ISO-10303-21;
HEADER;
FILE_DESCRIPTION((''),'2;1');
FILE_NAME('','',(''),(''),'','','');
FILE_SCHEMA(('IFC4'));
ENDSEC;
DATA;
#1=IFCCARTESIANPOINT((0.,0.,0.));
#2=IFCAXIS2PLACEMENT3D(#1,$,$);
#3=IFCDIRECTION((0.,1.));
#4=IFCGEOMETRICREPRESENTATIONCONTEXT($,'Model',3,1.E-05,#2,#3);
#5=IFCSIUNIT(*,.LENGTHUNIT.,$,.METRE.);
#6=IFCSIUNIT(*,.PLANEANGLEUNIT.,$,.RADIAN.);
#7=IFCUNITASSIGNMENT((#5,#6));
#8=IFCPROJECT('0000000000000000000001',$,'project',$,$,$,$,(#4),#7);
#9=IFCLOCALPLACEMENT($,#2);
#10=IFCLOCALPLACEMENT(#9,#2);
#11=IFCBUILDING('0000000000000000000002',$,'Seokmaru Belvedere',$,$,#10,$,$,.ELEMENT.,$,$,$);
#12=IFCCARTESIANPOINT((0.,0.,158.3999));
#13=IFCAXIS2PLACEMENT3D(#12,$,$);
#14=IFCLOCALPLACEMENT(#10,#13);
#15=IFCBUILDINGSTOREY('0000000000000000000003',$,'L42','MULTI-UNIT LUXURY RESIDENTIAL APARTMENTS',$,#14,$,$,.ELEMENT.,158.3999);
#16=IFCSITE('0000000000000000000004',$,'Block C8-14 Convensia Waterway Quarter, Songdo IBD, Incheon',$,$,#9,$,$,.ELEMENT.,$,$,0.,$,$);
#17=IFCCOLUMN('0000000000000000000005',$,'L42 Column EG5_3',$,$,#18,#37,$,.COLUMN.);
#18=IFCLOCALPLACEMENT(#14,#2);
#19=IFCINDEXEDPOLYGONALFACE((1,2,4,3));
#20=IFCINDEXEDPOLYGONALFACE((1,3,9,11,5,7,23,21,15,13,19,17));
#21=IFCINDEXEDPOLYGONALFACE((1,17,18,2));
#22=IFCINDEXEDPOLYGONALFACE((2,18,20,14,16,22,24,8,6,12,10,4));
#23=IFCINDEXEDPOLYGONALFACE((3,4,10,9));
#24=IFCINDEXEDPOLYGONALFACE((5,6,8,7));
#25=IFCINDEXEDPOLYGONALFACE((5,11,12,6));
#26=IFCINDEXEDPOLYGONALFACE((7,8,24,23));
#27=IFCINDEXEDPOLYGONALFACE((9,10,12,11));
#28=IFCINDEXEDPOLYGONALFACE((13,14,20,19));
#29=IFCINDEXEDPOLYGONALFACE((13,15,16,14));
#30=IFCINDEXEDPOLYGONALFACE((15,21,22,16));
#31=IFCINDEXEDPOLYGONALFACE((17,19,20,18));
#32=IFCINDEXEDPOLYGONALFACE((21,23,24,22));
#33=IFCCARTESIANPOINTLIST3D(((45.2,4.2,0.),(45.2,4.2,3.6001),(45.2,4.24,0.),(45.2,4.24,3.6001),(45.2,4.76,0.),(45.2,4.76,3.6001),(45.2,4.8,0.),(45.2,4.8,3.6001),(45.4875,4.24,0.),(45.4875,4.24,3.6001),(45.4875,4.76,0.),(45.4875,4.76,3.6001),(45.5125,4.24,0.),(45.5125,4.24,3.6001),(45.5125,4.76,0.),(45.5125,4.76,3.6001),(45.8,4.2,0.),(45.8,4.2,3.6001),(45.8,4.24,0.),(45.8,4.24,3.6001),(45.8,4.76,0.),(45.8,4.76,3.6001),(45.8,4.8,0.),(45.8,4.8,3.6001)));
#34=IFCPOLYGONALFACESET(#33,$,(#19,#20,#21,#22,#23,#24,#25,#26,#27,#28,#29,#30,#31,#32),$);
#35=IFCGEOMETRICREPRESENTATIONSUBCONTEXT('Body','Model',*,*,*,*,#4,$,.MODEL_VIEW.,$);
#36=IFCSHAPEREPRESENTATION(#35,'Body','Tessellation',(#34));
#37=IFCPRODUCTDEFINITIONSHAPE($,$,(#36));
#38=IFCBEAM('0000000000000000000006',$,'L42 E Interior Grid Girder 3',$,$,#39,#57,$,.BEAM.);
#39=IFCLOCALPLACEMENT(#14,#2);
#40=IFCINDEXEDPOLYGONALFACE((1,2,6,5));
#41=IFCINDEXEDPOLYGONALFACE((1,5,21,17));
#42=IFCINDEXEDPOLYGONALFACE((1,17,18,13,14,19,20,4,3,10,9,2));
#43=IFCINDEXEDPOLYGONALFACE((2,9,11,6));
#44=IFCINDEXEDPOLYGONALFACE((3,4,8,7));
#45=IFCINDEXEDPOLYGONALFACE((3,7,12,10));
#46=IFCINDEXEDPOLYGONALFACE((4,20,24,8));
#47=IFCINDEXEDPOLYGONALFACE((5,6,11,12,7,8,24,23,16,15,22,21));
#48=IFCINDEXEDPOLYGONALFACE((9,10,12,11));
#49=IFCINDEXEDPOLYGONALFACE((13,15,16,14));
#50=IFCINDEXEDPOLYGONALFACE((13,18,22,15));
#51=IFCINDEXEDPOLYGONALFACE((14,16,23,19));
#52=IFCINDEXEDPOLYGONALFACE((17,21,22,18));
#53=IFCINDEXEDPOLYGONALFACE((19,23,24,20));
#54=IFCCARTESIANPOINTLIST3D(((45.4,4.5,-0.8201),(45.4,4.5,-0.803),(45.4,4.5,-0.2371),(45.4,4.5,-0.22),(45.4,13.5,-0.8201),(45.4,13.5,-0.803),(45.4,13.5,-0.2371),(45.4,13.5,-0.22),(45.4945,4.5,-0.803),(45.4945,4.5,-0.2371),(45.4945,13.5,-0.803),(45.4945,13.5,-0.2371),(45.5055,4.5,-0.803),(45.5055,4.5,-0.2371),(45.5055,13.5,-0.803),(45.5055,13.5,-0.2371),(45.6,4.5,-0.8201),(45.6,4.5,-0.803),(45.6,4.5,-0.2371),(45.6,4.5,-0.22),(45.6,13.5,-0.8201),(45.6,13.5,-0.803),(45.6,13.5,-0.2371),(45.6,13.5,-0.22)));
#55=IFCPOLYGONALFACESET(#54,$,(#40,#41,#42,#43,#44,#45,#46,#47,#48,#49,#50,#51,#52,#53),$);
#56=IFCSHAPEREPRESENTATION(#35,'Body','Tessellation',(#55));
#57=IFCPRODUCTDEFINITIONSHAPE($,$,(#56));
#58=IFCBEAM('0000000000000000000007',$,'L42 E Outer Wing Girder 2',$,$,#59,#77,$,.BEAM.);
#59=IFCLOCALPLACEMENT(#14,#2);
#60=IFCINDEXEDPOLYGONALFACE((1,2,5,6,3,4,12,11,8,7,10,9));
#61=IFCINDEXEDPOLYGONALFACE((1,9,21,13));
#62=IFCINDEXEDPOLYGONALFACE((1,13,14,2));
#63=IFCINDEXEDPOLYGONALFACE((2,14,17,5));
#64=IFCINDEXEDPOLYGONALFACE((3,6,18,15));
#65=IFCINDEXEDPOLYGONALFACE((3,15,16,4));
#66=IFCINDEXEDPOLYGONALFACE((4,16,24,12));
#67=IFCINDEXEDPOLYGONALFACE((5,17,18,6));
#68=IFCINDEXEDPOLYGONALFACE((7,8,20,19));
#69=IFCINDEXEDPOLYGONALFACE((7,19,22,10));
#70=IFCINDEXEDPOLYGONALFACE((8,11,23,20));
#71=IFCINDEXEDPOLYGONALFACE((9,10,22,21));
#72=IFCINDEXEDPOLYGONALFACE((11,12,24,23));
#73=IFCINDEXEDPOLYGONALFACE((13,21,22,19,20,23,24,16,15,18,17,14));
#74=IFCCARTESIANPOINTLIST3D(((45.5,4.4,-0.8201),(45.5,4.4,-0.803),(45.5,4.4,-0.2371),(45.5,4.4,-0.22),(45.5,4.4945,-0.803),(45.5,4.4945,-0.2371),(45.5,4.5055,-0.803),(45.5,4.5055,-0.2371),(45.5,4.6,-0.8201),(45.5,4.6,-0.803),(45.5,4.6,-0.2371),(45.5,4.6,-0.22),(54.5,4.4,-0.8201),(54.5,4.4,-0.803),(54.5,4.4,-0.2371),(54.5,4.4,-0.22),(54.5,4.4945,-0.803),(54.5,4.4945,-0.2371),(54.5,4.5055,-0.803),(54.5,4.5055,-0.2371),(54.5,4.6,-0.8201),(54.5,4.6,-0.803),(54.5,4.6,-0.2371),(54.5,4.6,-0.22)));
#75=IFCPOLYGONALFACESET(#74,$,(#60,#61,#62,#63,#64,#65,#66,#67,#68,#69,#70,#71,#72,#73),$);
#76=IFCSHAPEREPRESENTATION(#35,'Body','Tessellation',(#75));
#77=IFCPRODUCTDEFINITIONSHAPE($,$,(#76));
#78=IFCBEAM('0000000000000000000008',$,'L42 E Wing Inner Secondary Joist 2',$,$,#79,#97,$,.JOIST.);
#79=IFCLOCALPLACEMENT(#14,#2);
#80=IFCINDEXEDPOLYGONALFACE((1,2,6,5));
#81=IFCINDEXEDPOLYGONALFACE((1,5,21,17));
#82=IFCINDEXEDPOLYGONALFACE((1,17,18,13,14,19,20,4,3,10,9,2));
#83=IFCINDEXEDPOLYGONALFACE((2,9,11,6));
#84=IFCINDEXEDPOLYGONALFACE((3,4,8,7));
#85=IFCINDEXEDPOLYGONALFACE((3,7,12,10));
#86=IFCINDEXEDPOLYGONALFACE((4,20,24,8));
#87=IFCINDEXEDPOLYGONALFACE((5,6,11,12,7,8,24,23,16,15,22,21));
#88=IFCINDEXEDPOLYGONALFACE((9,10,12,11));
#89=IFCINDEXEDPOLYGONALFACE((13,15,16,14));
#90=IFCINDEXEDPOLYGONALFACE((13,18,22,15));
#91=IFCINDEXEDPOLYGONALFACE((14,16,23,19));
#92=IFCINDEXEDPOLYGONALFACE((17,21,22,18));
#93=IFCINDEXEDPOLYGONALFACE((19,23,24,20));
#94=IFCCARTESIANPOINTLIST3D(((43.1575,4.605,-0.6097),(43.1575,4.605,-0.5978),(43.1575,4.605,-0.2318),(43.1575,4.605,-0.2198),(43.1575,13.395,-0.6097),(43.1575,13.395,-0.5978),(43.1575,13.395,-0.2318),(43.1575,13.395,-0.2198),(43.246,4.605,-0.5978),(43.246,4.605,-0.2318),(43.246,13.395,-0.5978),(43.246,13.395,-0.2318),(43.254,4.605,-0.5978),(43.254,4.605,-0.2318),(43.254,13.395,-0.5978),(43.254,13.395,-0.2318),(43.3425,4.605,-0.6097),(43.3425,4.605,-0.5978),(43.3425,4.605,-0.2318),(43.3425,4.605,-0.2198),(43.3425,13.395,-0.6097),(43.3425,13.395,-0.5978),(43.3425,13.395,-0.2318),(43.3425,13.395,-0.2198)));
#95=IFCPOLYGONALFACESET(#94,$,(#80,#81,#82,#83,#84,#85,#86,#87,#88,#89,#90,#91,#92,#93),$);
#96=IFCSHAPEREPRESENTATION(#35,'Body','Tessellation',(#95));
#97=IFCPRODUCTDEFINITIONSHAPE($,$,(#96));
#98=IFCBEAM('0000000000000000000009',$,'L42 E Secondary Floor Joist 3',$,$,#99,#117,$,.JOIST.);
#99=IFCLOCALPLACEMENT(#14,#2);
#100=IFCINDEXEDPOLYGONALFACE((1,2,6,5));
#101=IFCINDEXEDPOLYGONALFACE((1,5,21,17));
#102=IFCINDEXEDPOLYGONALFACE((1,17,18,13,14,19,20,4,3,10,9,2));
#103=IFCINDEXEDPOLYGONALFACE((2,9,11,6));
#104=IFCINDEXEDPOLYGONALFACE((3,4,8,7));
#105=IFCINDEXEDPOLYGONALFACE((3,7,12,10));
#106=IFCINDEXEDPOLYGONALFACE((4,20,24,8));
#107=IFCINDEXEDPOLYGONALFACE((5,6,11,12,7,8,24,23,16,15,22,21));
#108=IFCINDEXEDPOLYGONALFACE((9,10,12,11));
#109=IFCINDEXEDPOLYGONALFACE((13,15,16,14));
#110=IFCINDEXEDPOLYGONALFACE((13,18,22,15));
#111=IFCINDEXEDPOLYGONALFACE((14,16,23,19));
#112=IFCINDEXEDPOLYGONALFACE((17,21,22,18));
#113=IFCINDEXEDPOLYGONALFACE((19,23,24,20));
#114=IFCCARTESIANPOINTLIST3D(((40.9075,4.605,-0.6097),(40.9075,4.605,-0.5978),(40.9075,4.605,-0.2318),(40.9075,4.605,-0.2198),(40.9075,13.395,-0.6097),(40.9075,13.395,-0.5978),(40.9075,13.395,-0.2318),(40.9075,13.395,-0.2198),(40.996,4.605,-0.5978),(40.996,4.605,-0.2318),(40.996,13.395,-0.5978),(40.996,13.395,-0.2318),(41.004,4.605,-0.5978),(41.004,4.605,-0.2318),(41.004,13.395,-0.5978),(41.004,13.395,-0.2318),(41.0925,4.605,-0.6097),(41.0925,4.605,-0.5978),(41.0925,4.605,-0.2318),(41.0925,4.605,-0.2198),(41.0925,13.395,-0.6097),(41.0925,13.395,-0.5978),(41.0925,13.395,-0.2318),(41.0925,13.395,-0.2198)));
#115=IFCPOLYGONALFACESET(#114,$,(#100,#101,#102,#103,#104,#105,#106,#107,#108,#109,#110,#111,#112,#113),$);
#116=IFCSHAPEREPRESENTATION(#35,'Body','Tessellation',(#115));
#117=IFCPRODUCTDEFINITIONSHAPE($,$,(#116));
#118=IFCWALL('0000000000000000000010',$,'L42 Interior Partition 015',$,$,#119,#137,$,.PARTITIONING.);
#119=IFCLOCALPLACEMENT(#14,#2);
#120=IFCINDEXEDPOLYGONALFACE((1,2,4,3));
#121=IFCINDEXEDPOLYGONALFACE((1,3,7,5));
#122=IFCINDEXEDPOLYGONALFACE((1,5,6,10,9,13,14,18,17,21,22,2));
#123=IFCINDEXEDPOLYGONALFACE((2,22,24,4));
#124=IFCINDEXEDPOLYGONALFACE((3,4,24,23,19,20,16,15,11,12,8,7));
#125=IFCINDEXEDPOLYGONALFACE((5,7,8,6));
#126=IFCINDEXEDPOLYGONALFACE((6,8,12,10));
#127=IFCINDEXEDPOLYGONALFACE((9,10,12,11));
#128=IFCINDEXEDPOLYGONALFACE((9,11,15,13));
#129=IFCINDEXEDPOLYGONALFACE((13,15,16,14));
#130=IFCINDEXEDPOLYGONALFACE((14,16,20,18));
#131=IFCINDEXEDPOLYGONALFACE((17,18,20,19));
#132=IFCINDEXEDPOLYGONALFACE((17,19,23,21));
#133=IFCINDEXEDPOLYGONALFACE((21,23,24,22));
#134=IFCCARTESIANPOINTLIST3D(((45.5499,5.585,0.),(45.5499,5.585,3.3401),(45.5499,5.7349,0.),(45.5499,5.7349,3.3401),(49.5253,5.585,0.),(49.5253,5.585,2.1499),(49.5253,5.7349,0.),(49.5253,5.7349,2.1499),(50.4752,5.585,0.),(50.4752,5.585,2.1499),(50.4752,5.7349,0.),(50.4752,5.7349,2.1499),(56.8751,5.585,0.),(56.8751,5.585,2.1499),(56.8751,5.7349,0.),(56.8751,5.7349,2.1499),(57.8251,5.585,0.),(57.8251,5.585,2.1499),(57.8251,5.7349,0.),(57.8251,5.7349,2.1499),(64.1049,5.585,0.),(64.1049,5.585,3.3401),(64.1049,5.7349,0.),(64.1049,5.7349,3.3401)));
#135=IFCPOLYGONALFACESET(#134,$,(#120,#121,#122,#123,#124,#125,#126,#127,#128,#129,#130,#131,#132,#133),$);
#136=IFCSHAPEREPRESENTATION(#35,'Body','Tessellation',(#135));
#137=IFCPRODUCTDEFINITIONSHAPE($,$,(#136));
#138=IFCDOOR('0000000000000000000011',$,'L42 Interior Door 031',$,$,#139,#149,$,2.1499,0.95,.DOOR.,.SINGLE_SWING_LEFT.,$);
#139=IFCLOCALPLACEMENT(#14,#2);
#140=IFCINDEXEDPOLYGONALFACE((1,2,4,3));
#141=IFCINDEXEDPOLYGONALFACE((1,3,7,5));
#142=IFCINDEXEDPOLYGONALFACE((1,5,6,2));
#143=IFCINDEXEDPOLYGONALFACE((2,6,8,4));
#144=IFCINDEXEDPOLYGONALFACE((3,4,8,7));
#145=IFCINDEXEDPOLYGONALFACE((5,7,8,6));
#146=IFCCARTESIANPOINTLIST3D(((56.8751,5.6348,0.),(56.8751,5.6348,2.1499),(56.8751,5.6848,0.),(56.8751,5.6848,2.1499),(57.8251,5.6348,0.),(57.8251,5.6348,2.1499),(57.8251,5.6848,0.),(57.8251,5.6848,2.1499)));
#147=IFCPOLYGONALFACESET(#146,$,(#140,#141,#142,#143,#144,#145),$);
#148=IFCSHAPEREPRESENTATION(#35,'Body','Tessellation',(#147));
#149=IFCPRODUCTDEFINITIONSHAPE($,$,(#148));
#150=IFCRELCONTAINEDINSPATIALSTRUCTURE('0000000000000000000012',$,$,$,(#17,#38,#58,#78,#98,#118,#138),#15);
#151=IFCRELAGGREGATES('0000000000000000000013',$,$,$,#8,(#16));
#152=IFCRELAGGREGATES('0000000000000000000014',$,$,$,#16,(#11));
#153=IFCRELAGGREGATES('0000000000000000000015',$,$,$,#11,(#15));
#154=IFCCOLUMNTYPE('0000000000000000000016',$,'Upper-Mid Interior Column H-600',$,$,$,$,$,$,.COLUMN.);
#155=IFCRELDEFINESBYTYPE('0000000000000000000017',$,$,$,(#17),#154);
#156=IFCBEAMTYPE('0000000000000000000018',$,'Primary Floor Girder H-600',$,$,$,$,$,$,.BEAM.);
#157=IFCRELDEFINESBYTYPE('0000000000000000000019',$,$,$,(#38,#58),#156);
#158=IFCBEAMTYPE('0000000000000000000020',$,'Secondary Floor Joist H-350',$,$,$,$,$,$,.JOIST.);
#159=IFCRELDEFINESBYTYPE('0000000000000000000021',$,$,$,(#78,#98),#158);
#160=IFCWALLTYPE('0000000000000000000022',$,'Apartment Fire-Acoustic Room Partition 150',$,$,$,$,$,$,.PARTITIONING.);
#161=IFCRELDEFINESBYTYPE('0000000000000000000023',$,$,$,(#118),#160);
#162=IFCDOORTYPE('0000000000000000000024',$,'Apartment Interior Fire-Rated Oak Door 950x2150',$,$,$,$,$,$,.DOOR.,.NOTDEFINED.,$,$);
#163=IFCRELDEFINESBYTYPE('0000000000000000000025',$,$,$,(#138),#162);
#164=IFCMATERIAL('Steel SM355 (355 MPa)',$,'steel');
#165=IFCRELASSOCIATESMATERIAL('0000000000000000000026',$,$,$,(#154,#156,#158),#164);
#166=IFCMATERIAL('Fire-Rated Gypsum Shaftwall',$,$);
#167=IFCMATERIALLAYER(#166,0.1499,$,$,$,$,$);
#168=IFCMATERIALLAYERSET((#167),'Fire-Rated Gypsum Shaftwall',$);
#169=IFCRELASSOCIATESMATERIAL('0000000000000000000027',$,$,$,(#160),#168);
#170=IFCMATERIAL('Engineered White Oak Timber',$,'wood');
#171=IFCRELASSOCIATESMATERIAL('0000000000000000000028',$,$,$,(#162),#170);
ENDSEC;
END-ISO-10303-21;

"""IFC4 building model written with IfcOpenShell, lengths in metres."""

from ifc_helpers import new_model, si_unit, direction, frame, frame_2d, origin, origin_2d, place, context, subcontext, project, spatial, rectangle, i_section, extrude, source, transform, mapped, material, layer, layer_set, material_profile, profile_set, type_object, type_shapes, element, fill, save


model = new_model("IFC4")

# Units and contexts
model_context = context("Model", 3, precision=1e-05, world=origin(), true_north=direction((0.0, 1.0)))
body_context = subcontext(model_context, "Body", "Model", "MODEL_VIEW")
ifc_project = project(units=[si_unit("LENGTHUNIT", "METRE"), si_unit("PLANEANGLEUNIT", "RADIAN")], contexts=[model_context])

# Site, building, storey
site_placement = place(None, origin())
site = spatial("IfcSite", under=ifc_project, at=site_placement, Name="Block C8-14 Convensia Waterway Quarter, Songdo IBD, Incheon", CompositionType="ELEMENT", RefElevation=0.0)
building_placement = place(site_placement, origin())
building = spatial("IfcBuilding", under=site, at=building_placement, Name="Seokmaru Belvedere", CompositionType="ELEMENT")
storey_placement = place(building_placement, frame((0.0, 0.0, 158.3999)))
storey = spatial("IfcBuildingStorey", under=building, at=storey_placement, Name="L42", Description="MULTI-UNIT LUXURY RESIDENTIAL APARTMENTS", CompositionType="ELEMENT", Elevation=158.3999)

# Column
ifc_material_1 = material(Name="Steel SM355 (355 MPa)", Category="steel")
ifc_material_profile_1 = material_profile(ifc_material_1, i_section(OverallWidth=0.6001, OverallDepth=0.6001, WebThickness=0.0249, FlangeThickness=0.04, at=origin_2d()), Name="H-600x600x25x40")
ifc_profile_set_1 = profile_set([ifc_material_profile_1], Name="Steel SM355 (355 MPa)")
column_type = type_object("IfcColumnType", Name="Upper-Mid Interior Column H-600", PredefinedType="COLUMN", material=ifc_profile_set_1)
shared_shape_1 = source(origin(), body_context, "Body", "SweptSolid", [
    extrude(i_section(OverallWidth=0.6001, OverallDepth=0.6001, WebThickness=0.0249, FlangeThickness=0.04, at=origin_2d()), origin(), (0.0, 0.0, 1.0), 3.6001),
])
type_shapes(column_type, [shared_shape_1])
column_placement = place(storey_placement, frame((45.5, 4.5, 0.0), z_axis=(0.0, 0.0, 1.0), x_axis=(1.0, 0.0, 0.0)))
element("IfcColumn", 1, at=column_placement, inside=storey, type_object=column_type, Name="L42 Column EG5_3", PredefinedType="COLUMN", context=body_context, shape_type="MappedRepresentation", body=[
    mapped(shared_shape_1, transform((0.0, 0.0, 0.0), scale=1.0)),
])

# Beams
ifc_material_profile_2 = material_profile(ifc_material_1, i_section(OverallWidth=0.2, OverallDepth=0.6001, WebThickness=0.011, FlangeThickness=0.0171, at=origin_2d()), Name="H-600x200x11x17")
ifc_profile_set_2 = profile_set([ifc_material_profile_2], Name="Steel SM355 (355 MPa)")
beam_type_1 = type_object("IfcBeamType", Name="Primary Floor Girder H-600", PredefinedType="BEAM", material=ifc_profile_set_2)
shared_shape_2 = source(origin(), body_context, "Body", "SweptSolid", [
    extrude(i_section(OverallWidth=0.2, OverallDepth=0.6001, WebThickness=0.011, FlangeThickness=0.0171, at=origin_2d()), origin(), (0.0, 0.0, 1.0), 9.0),
])
type_shapes(beam_type_1, [shared_shape_2])
for number, where, z_axis, x_axis, name in (
    (2, (45.5, 4.5, -0.52), (0.0, 1.0, 0.0), (-1.0, 0.0, 0.0), "L42 E Interior Grid Girder 3"),
    (3, (45.5, 4.5, -0.52), (1.0, 0.0, 0.0), (0.0, 1.0, 0.0), "L42 E Outer Wing Girder 2"),
):
    element("IfcBeam", number, at=place(storey_placement, frame(where, z_axis=z_axis, x_axis=x_axis)), inside=storey, type_object=beam_type_1, Name=name, PredefinedType="BEAM", context=body_context, shape_type="MappedRepresentation", body=[
        mapped(shared_shape_2, transform((0.0, 0.0, 0.0), scale=1.0)),
    ])
ifc_material_profile_3 = material_profile(ifc_material_1, i_section(OverallWidth=0.1851, OverallDepth=0.3899, WebThickness=0.0081, FlangeThickness=0.012, at=origin_2d()), Name="H-390x185x8x12")
ifc_profile_set_3 = profile_set([ifc_material_profile_3], Name="Steel SM355 (355 MPa)")
beam_type_2 = type_object("IfcBeamType", Name="Secondary Floor Joist H-350", PredefinedType="JOIST", material=ifc_profile_set_3)
shared_shape_3 = source(origin(), body_context, "Body", "SweptSolid", [
    extrude(i_section(OverallWidth=0.1851, OverallDepth=0.3899, WebThickness=0.0081, FlangeThickness=0.012, at=origin_2d()), origin(), (0.0, 0.0, 1.0), 8.79),
])
type_shapes(beam_type_2, [shared_shape_3])
for number, where, z_axis, x_axis, name in (
    (4, (43.25, 4.605, -0.4148), (0.0, 1.0, 0.0), (-1.0, 0.0, 0.0), "L42 E Wing Inner Secondary Joist 2"),
    (5, (41.0, 4.605, -0.4148), (0.0, 1.0, 0.0), (-1.0, 0.0, 0.0), "L42 E Secondary Floor Joist 3"),
):
    element("IfcBeam", number, at=place(storey_placement, frame(where, z_axis=z_axis, x_axis=x_axis)), inside=storey, type_object=beam_type_2, Name=name, PredefinedType="JOIST", context=body_context, shape_type="MappedRepresentation", body=[
        mapped(shared_shape_3, transform((0.0, 0.0, 0.0), scale=1.0)),
    ])

# Wall, openings, door
ifc_material_2 = material(Name="Fire-Rated Gypsum Shaftwall")
ifc_layer_1 = layer(ifc_material_2, 0.1499)
ifc_layer_set_1 = layer_set([ifc_layer_1], Name="Fire-Rated Gypsum Shaftwall")
wall_type_1 = type_object("IfcWallType", Name="Apartment Fire-Acoustic Room Partition 150", PredefinedType="PARTITIONING", material=ifc_layer_set_1)
wall_1_placement = place(storey_placement, frame((45.55, 5.6599, 0.0), z_axis=(0.0, 0.0, 1.0), x_axis=(1.0, 0.0, 0.0)))
wall_1 = element("IfcWall", 6, at=wall_1_placement, inside=storey, type_object=wall_type_1, Name="L42 Interior Partition 015", PredefinedType="PARTITIONING", context=body_context, shape_type="SweptSolid", body=[
    extrude(rectangle(XDim=18.5549, YDim=0.1499, at=frame_2d((9.2773, 0.0))), origin(), (0.0, 0.0, 1.0), 3.3401),
])
opening_1_placement = place(wall_1_placement, frame((3.9751, 0.0, 0.0)))
element("IfcOpeningElement", 7, at=opening_1_placement, cuts=wall_1, PredefinedType="OPENING", context=body_context, shape_type="SweptSolid", body=[
    extrude(rectangle(XDim=0.95, YDim=2.1499, at=frame_2d((0.4751, 1.075))), frame((0.0, 0.085, 0.0), z_axis=(0.0, -1.0, 0.0), x_axis=(1.0, 0.0, 0.0)), (0.0, 0.0, 1.0), 0.1699),
])
opening_2_placement = place(wall_1_placement, frame((11.325, 0.0, 0.0)))
opening_2 = element("IfcOpeningElement", 8, at=opening_2_placement, cuts=wall_1, PredefinedType="OPENING", context=body_context, shape_type="SweptSolid", body=[
    extrude(rectangle(XDim=0.95, YDim=2.1499, at=frame_2d((0.4751, 1.075))), frame((0.0, 0.085, 0.0), z_axis=(0.0, -1.0, 0.0), x_axis=(1.0, 0.0, 0.0)), (0.0, 0.0, 1.0), 0.1699),
])
ifc_material_3 = material(Name="Engineered White Oak Timber", Category="wood")
door_type_1 = type_object("IfcDoorType", Name="Apartment Interior Fire-Rated Oak Door 950x2150", OperationType="NOTDEFINED", PredefinedType="DOOR", material=ifc_material_3)
shared_shape_4 = source(origin(), body_context, "Body", "SweptSolid", [
    extrude(rectangle(XDim=0.95, YDim=2.1499, at=frame_2d((0.4751, 1.075))), frame((0.0, 0.0249, 0.0), z_axis=(0.0, -1.0, 0.0), x_axis=(1.0, 0.0, 0.0)), (0.0, 0.0, 1.0), 0.05),
])
type_shapes(door_type_1, [shared_shape_4])
door_1_placement = place(opening_2_placement, origin())
door_1 = element("IfcDoor", 9, at=door_1_placement, inside=storey, type_object=door_type_1, Name="L42 Interior Door 031", OperationType="SINGLE_SWING_LEFT", OverallHeight=2.1499, OverallWidth=0.95, PredefinedType="DOOR", context=body_context, shape_type="MappedRepresentation", body=[
    mapped(shared_shape_4, transform((0.0, 0.0, 0.0), scale=1.0)),
])
fill(opening_2, door_1)

save(model, "model.ifc")
